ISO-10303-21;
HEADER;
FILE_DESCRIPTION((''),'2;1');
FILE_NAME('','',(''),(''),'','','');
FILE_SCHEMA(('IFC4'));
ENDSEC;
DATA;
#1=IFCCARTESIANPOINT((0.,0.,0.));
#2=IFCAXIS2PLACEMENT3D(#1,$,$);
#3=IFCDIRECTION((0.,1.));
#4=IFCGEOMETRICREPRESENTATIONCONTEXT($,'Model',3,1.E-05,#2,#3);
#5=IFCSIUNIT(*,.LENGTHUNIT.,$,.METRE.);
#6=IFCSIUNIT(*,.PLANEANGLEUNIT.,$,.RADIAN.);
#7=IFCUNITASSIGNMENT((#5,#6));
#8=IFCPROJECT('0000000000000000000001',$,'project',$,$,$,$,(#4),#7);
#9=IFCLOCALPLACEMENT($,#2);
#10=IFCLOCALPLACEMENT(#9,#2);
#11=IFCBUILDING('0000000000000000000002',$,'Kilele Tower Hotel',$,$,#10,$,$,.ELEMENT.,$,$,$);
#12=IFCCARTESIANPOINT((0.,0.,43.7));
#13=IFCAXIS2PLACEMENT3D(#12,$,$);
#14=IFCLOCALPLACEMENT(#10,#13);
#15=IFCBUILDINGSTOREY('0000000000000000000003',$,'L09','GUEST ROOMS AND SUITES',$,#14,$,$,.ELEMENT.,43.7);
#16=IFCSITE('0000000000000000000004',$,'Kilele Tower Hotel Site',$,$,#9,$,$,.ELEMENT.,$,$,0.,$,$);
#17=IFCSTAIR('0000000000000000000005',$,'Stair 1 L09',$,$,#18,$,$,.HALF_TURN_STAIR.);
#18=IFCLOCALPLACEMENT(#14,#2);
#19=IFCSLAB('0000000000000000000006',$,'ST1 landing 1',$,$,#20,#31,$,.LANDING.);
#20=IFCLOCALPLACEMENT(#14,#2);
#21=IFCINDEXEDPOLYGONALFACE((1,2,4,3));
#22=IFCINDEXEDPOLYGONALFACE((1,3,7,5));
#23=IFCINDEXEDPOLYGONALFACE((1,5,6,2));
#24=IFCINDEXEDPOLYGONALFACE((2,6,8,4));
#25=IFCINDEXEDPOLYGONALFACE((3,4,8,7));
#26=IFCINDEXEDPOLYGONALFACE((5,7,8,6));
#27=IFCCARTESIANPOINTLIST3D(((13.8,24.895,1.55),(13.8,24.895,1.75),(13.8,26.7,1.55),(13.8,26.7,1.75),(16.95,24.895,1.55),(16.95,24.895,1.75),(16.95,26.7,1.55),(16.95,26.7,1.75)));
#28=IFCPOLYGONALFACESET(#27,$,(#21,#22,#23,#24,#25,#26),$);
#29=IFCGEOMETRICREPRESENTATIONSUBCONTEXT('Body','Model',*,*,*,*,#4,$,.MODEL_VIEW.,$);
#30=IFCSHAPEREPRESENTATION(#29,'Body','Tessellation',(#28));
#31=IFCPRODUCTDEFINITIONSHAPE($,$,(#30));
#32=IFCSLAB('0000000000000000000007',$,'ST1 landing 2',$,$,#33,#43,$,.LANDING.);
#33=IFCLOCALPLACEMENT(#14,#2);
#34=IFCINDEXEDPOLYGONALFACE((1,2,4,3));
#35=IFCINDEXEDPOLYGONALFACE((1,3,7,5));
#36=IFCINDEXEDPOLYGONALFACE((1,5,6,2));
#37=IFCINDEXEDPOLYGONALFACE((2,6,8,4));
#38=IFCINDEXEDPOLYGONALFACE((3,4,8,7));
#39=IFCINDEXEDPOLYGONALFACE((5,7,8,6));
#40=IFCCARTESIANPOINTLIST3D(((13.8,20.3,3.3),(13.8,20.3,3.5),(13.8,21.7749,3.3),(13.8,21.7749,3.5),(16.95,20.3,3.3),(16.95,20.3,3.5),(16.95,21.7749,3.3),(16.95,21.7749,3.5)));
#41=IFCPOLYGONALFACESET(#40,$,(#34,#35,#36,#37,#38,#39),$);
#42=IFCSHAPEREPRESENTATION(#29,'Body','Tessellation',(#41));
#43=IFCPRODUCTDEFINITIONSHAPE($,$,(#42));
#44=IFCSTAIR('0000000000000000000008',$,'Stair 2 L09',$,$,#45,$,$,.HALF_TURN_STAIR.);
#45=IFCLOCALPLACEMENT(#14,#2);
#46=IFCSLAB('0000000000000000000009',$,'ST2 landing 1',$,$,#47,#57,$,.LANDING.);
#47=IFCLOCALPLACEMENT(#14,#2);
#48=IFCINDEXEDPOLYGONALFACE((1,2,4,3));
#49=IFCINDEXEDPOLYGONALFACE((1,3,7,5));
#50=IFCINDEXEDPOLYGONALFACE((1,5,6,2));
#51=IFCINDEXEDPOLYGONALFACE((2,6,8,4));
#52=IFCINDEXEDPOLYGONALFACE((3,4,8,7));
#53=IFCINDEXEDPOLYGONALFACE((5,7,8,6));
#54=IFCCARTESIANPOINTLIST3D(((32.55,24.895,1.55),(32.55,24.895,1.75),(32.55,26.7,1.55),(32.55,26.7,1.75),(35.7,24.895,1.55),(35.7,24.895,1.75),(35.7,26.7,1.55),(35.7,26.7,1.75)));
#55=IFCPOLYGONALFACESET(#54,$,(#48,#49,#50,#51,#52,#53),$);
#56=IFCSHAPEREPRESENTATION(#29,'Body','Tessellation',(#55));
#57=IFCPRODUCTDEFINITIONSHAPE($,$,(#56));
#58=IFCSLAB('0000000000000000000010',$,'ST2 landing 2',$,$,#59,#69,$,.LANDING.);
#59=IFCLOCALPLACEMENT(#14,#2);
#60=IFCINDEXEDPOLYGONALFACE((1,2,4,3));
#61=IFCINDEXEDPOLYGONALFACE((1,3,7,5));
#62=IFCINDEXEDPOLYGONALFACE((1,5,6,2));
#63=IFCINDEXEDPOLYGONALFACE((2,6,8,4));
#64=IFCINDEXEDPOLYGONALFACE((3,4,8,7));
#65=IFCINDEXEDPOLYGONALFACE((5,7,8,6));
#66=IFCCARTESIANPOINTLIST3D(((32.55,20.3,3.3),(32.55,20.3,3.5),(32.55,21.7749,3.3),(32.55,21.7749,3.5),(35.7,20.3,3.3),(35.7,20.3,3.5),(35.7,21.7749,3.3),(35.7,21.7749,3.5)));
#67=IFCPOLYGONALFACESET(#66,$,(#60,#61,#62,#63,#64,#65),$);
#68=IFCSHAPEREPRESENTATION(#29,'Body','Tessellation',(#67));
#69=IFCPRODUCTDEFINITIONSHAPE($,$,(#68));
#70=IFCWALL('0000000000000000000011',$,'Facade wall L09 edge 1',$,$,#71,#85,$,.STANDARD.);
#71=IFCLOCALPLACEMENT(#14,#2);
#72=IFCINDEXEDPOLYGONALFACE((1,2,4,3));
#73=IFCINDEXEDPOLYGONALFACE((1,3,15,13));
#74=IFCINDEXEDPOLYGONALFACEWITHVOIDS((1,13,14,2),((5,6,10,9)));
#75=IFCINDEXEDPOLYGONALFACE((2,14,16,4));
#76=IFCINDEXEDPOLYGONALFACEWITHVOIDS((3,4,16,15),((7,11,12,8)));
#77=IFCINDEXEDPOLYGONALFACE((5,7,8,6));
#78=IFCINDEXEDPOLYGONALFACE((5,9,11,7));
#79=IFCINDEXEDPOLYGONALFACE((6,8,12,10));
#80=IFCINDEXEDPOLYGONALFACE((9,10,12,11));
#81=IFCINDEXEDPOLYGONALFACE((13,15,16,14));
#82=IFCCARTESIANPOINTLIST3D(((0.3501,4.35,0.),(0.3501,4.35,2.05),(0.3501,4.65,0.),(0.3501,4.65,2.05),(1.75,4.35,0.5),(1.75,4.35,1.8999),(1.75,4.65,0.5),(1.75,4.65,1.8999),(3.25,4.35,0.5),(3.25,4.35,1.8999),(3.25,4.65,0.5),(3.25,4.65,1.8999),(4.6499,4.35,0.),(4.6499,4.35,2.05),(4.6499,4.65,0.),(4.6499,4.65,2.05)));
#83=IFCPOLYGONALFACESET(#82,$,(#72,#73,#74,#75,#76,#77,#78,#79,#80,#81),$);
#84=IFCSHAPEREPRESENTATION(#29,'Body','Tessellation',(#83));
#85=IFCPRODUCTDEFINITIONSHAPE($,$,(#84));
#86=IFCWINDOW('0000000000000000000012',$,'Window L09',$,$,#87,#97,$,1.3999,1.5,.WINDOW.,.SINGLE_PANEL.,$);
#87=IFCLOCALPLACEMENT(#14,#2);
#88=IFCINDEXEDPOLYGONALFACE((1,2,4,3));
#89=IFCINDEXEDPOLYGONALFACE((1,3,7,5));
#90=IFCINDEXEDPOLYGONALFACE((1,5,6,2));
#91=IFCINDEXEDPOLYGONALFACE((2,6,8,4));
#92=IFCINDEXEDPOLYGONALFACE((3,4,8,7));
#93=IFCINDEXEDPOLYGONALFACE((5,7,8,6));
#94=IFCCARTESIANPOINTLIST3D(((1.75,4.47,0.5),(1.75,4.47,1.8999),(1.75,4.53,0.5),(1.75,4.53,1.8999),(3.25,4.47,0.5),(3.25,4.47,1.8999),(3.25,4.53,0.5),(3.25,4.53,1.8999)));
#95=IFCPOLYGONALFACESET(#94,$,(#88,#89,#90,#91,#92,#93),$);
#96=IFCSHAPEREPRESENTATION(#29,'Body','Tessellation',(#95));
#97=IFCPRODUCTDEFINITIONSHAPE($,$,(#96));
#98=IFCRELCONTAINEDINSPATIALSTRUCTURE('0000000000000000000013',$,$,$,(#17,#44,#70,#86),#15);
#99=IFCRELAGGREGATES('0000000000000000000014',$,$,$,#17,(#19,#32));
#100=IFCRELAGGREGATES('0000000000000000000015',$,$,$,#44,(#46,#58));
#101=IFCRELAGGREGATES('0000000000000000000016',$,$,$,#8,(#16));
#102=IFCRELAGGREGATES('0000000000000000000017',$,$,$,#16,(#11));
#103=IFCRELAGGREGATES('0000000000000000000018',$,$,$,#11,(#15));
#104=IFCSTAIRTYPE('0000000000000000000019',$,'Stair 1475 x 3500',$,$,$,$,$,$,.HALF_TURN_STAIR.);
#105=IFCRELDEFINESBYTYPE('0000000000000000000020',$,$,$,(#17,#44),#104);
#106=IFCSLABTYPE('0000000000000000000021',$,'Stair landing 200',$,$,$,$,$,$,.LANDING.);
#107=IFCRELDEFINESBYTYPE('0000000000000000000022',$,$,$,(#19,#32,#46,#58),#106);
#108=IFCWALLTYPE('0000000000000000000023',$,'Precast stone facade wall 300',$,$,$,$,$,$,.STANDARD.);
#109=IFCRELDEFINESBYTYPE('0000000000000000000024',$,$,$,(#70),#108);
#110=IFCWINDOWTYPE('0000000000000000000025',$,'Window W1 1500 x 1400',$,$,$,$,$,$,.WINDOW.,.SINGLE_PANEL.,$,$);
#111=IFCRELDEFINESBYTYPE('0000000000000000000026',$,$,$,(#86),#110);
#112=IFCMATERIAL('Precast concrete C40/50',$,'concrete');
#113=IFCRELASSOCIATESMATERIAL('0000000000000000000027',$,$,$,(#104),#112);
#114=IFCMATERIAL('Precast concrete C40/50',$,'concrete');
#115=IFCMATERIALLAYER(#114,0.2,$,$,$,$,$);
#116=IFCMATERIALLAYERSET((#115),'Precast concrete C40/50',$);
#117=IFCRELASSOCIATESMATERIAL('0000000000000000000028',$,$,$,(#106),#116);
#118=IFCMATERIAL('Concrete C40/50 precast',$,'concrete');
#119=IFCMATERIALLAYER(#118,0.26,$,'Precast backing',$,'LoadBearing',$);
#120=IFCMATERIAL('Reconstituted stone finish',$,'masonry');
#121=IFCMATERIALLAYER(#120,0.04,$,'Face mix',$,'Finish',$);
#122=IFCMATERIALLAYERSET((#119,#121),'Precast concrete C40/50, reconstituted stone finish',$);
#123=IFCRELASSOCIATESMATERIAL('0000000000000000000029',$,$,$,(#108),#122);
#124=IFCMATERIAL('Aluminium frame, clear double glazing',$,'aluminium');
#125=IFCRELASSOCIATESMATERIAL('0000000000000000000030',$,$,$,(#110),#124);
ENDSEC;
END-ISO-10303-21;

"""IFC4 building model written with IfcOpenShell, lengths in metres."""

from ifc_helpers import new_model, si_unit, direction, frame, frame_2d, origin, place, context, subcontext, project, spatial, polyline, rectangle, outline, extrude, material, layer, layer_set, type_object, element, fill, aggregate, save


model = new_model("IFC4")

# Units and contexts
model_context = context("Model", 3, precision=1e-05, world=origin(), true_north=direction((0.0, 1.0)))
body_context = subcontext(model_context, "Body", "Model", "MODEL_VIEW")
ifc_project = project(units=[si_unit("LENGTHUNIT", "METRE"), si_unit("PLANEANGLEUNIT", "RADIAN")], contexts=[model_context])

# Site, building, storey
site_placement = place(None, origin())
site = spatial("IfcSite", under=ifc_project, at=site_placement, Name="Kilele Tower Hotel Site", CompositionType="ELEMENT", RefElevation=0.0)
building_placement = place(site_placement, origin())
building = spatial("IfcBuilding", under=site, at=building_placement, Name="Kilele Tower Hotel", CompositionType="ELEMENT")
storey_placement = place(building_placement, frame((0.0, 0.0, 43.7)))
storey = spatial("IfcBuildingStorey", under=building, at=storey_placement, Name="L09", Description="GUEST ROOMS AND SUITES", CompositionType="ELEMENT", Elevation=43.7)

# Stairs, slabs
ifc_material_1 = material(Name="Precast concrete C40/50", Category="concrete")
stair_type = type_object("IfcStairType", Name="Stair 1475 x 3500", PredefinedType="HALF_TURN_STAIR", material=ifc_material_1)
stair_1_placement = place(storey_placement, origin())
stair_1 = element("IfcStair", 1, at=stair_1_placement, inside=storey, type_object=stair_type, Name="Stair 1 L09", PredefinedType="HALF_TURN_STAIR")
ifc_material_2 = material(Name="Precast concrete C40/50", Category="concrete")
ifc_layer_1 = layer(ifc_material_2, 0.2)
ifc_layer_set_1 = layer_set([ifc_layer_1], Name="Precast concrete C40/50")
slab_type_1 = type_object("IfcSlabType", Name="Stair landing 200", PredefinedType="LANDING", material=ifc_layer_set_1)
slab_1_placement = place(storey_placement, frame((0.0, 0.0, 1.55)))
slab_1 = element("IfcSlab", 2, at=slab_1_placement, type_object=slab_type_1, Name="ST1 landing 1", PredefinedType="LANDING", context=body_context, shape_type="SweptSolid", body=[
    extrude(outline(polyline([(13.8, 24.895), (16.95, 24.895), (16.95, 26.7), (13.8, 26.7), (13.8, 24.895)])), origin(), (0.0, 0.0, 1.0), 0.2),
])
slab_2_placement = place(storey_placement, frame((0.0, 0.0, 3.3)))
slab_2 = element("IfcSlab", 3, at=slab_2_placement, type_object=slab_type_1, Name="ST1 landing 2", PredefinedType="LANDING", context=body_context, shape_type="SweptSolid", body=[
    extrude(outline(polyline([(13.8, 20.3), (16.95, 20.3), (16.95, 21.7749), (13.8, 21.7749), (13.8, 20.3)])), origin(), (0.0, 0.0, 1.0), 0.2),
])
aggregate(stair_1, [slab_1, slab_2])
stair_2_placement = place(storey_placement, origin())
stair_2 = element("IfcStair", 4, at=stair_2_placement, inside=storey, type_object=stair_type, Name="Stair 2 L09", PredefinedType="HALF_TURN_STAIR")
slab_3_placement = place(storey_placement, frame((0.0, 0.0, 1.55)))
slab_3 = element("IfcSlab", 5, at=slab_3_placement, type_object=slab_type_1, Name="ST2 landing 1", PredefinedType="LANDING", context=body_context, shape_type="SweptSolid", body=[
    extrude(outline(polyline([(32.55, 24.895), (35.7, 24.895), (35.7, 26.7), (32.55, 26.7), (32.55, 24.895)])), origin(), (0.0, 0.0, 1.0), 0.2),
])
slab_4_placement = place(storey_placement, frame((0.0, 0.0, 3.3)))
slab_4 = element("IfcSlab", 6, at=slab_4_placement, type_object=slab_type_1, Name="ST2 landing 2", PredefinedType="LANDING", context=body_context, shape_type="SweptSolid", body=[
    extrude(outline(polyline([(32.55, 20.3), (35.7, 20.3), (35.7, 21.7749), (32.55, 21.7749), (32.55, 20.3)])), origin(), (0.0, 0.0, 1.0), 0.2),
])
aggregate(stair_2, [slab_3, slab_4])

# Wall, opening, window
ifc_material_3 = material(Name="Concrete C40/50 precast", Category="concrete")
ifc_layer_2 = layer(ifc_material_3, 0.26, Name="Precast backing", Category="LoadBearing")
ifc_material_4 = material(Name="Reconstituted stone finish", Category="masonry")
ifc_layer_3 = layer(ifc_material_4, 0.04, Name="Face mix", Category="Finish")
ifc_layer_set_2 = layer_set([ifc_layer_2, ifc_layer_3], Name="Precast concrete C40/50, reconstituted stone finish")
wall_type = type_object("IfcWallType", Name="Precast stone facade wall 300", PredefinedType="STANDARD", material=ifc_layer_set_2)
wall_1_placement = place(storey_placement, frame((0.3501, 4.5, 0.0), z_axis=(0.0, 0.0, 1.0), x_axis=(1.0, 0.0, 0.0)))
wall_1 = element("IfcWall", 7, at=wall_1_placement, inside=storey, type_object=wall_type, Name="Facade wall L09 edge 1", PredefinedType="STANDARD", context=body_context, shape_type="SweptSolid", body=[
    extrude(rectangle(XDim=4.2998, YDim=0.3, at=frame_2d((2.1499, 0.0))), origin(), (0.0, 0.0, 1.0), 2.05),
])
opening_1_placement = place(wall_1_placement, frame((1.3999, 0.0, 0.5)))
opening_1 = element("IfcOpeningElement", 8, at=opening_1_placement, cuts=wall_1, PredefinedType="OPENING", context=body_context, shape_type="SweptSolid", body=[
    extrude(rectangle(XDim=1.5, YDim=1.3999, at=frame_2d((0.75, 0.7))), frame((0.0, 0.1599, 0.0), z_axis=(0.0, -1.0, 0.0), x_axis=(1.0, 0.0, 0.0)), (0.0, 0.0, 1.0), 0.3201),
])
ifc_material_5 = material(Name="Aluminium frame, clear double glazing", Category="aluminium")
window_type = type_object("IfcWindowType", Name="Window W1 1500 x 1400", PartitioningType="SINGLE_PANEL", PredefinedType="WINDOW", material=ifc_material_5)
window_1_placement = place(opening_1_placement, origin())
window_1 = element("IfcWindow", 9, at=window_1_placement, inside=storey, type_object=window_type, Name="Window L09", OverallHeight=1.3999, OverallWidth=1.5, PartitioningType="SINGLE_PANEL", PredefinedType="WINDOW", context=body_context, shape_type="SweptSolid", body=[
    extrude(rectangle(XDim=1.5, YDim=1.3999, at=frame_2d((0.75, 0.7))), frame((0.0, 0.03, 0.0), z_axis=(0.0, -1.0, 0.0), x_axis=(1.0, 0.0, 0.0)), (0.0, 0.0, 1.0), 0.0601),
])
fill(opening_1, window_1)

save(model, "model.ifc")
